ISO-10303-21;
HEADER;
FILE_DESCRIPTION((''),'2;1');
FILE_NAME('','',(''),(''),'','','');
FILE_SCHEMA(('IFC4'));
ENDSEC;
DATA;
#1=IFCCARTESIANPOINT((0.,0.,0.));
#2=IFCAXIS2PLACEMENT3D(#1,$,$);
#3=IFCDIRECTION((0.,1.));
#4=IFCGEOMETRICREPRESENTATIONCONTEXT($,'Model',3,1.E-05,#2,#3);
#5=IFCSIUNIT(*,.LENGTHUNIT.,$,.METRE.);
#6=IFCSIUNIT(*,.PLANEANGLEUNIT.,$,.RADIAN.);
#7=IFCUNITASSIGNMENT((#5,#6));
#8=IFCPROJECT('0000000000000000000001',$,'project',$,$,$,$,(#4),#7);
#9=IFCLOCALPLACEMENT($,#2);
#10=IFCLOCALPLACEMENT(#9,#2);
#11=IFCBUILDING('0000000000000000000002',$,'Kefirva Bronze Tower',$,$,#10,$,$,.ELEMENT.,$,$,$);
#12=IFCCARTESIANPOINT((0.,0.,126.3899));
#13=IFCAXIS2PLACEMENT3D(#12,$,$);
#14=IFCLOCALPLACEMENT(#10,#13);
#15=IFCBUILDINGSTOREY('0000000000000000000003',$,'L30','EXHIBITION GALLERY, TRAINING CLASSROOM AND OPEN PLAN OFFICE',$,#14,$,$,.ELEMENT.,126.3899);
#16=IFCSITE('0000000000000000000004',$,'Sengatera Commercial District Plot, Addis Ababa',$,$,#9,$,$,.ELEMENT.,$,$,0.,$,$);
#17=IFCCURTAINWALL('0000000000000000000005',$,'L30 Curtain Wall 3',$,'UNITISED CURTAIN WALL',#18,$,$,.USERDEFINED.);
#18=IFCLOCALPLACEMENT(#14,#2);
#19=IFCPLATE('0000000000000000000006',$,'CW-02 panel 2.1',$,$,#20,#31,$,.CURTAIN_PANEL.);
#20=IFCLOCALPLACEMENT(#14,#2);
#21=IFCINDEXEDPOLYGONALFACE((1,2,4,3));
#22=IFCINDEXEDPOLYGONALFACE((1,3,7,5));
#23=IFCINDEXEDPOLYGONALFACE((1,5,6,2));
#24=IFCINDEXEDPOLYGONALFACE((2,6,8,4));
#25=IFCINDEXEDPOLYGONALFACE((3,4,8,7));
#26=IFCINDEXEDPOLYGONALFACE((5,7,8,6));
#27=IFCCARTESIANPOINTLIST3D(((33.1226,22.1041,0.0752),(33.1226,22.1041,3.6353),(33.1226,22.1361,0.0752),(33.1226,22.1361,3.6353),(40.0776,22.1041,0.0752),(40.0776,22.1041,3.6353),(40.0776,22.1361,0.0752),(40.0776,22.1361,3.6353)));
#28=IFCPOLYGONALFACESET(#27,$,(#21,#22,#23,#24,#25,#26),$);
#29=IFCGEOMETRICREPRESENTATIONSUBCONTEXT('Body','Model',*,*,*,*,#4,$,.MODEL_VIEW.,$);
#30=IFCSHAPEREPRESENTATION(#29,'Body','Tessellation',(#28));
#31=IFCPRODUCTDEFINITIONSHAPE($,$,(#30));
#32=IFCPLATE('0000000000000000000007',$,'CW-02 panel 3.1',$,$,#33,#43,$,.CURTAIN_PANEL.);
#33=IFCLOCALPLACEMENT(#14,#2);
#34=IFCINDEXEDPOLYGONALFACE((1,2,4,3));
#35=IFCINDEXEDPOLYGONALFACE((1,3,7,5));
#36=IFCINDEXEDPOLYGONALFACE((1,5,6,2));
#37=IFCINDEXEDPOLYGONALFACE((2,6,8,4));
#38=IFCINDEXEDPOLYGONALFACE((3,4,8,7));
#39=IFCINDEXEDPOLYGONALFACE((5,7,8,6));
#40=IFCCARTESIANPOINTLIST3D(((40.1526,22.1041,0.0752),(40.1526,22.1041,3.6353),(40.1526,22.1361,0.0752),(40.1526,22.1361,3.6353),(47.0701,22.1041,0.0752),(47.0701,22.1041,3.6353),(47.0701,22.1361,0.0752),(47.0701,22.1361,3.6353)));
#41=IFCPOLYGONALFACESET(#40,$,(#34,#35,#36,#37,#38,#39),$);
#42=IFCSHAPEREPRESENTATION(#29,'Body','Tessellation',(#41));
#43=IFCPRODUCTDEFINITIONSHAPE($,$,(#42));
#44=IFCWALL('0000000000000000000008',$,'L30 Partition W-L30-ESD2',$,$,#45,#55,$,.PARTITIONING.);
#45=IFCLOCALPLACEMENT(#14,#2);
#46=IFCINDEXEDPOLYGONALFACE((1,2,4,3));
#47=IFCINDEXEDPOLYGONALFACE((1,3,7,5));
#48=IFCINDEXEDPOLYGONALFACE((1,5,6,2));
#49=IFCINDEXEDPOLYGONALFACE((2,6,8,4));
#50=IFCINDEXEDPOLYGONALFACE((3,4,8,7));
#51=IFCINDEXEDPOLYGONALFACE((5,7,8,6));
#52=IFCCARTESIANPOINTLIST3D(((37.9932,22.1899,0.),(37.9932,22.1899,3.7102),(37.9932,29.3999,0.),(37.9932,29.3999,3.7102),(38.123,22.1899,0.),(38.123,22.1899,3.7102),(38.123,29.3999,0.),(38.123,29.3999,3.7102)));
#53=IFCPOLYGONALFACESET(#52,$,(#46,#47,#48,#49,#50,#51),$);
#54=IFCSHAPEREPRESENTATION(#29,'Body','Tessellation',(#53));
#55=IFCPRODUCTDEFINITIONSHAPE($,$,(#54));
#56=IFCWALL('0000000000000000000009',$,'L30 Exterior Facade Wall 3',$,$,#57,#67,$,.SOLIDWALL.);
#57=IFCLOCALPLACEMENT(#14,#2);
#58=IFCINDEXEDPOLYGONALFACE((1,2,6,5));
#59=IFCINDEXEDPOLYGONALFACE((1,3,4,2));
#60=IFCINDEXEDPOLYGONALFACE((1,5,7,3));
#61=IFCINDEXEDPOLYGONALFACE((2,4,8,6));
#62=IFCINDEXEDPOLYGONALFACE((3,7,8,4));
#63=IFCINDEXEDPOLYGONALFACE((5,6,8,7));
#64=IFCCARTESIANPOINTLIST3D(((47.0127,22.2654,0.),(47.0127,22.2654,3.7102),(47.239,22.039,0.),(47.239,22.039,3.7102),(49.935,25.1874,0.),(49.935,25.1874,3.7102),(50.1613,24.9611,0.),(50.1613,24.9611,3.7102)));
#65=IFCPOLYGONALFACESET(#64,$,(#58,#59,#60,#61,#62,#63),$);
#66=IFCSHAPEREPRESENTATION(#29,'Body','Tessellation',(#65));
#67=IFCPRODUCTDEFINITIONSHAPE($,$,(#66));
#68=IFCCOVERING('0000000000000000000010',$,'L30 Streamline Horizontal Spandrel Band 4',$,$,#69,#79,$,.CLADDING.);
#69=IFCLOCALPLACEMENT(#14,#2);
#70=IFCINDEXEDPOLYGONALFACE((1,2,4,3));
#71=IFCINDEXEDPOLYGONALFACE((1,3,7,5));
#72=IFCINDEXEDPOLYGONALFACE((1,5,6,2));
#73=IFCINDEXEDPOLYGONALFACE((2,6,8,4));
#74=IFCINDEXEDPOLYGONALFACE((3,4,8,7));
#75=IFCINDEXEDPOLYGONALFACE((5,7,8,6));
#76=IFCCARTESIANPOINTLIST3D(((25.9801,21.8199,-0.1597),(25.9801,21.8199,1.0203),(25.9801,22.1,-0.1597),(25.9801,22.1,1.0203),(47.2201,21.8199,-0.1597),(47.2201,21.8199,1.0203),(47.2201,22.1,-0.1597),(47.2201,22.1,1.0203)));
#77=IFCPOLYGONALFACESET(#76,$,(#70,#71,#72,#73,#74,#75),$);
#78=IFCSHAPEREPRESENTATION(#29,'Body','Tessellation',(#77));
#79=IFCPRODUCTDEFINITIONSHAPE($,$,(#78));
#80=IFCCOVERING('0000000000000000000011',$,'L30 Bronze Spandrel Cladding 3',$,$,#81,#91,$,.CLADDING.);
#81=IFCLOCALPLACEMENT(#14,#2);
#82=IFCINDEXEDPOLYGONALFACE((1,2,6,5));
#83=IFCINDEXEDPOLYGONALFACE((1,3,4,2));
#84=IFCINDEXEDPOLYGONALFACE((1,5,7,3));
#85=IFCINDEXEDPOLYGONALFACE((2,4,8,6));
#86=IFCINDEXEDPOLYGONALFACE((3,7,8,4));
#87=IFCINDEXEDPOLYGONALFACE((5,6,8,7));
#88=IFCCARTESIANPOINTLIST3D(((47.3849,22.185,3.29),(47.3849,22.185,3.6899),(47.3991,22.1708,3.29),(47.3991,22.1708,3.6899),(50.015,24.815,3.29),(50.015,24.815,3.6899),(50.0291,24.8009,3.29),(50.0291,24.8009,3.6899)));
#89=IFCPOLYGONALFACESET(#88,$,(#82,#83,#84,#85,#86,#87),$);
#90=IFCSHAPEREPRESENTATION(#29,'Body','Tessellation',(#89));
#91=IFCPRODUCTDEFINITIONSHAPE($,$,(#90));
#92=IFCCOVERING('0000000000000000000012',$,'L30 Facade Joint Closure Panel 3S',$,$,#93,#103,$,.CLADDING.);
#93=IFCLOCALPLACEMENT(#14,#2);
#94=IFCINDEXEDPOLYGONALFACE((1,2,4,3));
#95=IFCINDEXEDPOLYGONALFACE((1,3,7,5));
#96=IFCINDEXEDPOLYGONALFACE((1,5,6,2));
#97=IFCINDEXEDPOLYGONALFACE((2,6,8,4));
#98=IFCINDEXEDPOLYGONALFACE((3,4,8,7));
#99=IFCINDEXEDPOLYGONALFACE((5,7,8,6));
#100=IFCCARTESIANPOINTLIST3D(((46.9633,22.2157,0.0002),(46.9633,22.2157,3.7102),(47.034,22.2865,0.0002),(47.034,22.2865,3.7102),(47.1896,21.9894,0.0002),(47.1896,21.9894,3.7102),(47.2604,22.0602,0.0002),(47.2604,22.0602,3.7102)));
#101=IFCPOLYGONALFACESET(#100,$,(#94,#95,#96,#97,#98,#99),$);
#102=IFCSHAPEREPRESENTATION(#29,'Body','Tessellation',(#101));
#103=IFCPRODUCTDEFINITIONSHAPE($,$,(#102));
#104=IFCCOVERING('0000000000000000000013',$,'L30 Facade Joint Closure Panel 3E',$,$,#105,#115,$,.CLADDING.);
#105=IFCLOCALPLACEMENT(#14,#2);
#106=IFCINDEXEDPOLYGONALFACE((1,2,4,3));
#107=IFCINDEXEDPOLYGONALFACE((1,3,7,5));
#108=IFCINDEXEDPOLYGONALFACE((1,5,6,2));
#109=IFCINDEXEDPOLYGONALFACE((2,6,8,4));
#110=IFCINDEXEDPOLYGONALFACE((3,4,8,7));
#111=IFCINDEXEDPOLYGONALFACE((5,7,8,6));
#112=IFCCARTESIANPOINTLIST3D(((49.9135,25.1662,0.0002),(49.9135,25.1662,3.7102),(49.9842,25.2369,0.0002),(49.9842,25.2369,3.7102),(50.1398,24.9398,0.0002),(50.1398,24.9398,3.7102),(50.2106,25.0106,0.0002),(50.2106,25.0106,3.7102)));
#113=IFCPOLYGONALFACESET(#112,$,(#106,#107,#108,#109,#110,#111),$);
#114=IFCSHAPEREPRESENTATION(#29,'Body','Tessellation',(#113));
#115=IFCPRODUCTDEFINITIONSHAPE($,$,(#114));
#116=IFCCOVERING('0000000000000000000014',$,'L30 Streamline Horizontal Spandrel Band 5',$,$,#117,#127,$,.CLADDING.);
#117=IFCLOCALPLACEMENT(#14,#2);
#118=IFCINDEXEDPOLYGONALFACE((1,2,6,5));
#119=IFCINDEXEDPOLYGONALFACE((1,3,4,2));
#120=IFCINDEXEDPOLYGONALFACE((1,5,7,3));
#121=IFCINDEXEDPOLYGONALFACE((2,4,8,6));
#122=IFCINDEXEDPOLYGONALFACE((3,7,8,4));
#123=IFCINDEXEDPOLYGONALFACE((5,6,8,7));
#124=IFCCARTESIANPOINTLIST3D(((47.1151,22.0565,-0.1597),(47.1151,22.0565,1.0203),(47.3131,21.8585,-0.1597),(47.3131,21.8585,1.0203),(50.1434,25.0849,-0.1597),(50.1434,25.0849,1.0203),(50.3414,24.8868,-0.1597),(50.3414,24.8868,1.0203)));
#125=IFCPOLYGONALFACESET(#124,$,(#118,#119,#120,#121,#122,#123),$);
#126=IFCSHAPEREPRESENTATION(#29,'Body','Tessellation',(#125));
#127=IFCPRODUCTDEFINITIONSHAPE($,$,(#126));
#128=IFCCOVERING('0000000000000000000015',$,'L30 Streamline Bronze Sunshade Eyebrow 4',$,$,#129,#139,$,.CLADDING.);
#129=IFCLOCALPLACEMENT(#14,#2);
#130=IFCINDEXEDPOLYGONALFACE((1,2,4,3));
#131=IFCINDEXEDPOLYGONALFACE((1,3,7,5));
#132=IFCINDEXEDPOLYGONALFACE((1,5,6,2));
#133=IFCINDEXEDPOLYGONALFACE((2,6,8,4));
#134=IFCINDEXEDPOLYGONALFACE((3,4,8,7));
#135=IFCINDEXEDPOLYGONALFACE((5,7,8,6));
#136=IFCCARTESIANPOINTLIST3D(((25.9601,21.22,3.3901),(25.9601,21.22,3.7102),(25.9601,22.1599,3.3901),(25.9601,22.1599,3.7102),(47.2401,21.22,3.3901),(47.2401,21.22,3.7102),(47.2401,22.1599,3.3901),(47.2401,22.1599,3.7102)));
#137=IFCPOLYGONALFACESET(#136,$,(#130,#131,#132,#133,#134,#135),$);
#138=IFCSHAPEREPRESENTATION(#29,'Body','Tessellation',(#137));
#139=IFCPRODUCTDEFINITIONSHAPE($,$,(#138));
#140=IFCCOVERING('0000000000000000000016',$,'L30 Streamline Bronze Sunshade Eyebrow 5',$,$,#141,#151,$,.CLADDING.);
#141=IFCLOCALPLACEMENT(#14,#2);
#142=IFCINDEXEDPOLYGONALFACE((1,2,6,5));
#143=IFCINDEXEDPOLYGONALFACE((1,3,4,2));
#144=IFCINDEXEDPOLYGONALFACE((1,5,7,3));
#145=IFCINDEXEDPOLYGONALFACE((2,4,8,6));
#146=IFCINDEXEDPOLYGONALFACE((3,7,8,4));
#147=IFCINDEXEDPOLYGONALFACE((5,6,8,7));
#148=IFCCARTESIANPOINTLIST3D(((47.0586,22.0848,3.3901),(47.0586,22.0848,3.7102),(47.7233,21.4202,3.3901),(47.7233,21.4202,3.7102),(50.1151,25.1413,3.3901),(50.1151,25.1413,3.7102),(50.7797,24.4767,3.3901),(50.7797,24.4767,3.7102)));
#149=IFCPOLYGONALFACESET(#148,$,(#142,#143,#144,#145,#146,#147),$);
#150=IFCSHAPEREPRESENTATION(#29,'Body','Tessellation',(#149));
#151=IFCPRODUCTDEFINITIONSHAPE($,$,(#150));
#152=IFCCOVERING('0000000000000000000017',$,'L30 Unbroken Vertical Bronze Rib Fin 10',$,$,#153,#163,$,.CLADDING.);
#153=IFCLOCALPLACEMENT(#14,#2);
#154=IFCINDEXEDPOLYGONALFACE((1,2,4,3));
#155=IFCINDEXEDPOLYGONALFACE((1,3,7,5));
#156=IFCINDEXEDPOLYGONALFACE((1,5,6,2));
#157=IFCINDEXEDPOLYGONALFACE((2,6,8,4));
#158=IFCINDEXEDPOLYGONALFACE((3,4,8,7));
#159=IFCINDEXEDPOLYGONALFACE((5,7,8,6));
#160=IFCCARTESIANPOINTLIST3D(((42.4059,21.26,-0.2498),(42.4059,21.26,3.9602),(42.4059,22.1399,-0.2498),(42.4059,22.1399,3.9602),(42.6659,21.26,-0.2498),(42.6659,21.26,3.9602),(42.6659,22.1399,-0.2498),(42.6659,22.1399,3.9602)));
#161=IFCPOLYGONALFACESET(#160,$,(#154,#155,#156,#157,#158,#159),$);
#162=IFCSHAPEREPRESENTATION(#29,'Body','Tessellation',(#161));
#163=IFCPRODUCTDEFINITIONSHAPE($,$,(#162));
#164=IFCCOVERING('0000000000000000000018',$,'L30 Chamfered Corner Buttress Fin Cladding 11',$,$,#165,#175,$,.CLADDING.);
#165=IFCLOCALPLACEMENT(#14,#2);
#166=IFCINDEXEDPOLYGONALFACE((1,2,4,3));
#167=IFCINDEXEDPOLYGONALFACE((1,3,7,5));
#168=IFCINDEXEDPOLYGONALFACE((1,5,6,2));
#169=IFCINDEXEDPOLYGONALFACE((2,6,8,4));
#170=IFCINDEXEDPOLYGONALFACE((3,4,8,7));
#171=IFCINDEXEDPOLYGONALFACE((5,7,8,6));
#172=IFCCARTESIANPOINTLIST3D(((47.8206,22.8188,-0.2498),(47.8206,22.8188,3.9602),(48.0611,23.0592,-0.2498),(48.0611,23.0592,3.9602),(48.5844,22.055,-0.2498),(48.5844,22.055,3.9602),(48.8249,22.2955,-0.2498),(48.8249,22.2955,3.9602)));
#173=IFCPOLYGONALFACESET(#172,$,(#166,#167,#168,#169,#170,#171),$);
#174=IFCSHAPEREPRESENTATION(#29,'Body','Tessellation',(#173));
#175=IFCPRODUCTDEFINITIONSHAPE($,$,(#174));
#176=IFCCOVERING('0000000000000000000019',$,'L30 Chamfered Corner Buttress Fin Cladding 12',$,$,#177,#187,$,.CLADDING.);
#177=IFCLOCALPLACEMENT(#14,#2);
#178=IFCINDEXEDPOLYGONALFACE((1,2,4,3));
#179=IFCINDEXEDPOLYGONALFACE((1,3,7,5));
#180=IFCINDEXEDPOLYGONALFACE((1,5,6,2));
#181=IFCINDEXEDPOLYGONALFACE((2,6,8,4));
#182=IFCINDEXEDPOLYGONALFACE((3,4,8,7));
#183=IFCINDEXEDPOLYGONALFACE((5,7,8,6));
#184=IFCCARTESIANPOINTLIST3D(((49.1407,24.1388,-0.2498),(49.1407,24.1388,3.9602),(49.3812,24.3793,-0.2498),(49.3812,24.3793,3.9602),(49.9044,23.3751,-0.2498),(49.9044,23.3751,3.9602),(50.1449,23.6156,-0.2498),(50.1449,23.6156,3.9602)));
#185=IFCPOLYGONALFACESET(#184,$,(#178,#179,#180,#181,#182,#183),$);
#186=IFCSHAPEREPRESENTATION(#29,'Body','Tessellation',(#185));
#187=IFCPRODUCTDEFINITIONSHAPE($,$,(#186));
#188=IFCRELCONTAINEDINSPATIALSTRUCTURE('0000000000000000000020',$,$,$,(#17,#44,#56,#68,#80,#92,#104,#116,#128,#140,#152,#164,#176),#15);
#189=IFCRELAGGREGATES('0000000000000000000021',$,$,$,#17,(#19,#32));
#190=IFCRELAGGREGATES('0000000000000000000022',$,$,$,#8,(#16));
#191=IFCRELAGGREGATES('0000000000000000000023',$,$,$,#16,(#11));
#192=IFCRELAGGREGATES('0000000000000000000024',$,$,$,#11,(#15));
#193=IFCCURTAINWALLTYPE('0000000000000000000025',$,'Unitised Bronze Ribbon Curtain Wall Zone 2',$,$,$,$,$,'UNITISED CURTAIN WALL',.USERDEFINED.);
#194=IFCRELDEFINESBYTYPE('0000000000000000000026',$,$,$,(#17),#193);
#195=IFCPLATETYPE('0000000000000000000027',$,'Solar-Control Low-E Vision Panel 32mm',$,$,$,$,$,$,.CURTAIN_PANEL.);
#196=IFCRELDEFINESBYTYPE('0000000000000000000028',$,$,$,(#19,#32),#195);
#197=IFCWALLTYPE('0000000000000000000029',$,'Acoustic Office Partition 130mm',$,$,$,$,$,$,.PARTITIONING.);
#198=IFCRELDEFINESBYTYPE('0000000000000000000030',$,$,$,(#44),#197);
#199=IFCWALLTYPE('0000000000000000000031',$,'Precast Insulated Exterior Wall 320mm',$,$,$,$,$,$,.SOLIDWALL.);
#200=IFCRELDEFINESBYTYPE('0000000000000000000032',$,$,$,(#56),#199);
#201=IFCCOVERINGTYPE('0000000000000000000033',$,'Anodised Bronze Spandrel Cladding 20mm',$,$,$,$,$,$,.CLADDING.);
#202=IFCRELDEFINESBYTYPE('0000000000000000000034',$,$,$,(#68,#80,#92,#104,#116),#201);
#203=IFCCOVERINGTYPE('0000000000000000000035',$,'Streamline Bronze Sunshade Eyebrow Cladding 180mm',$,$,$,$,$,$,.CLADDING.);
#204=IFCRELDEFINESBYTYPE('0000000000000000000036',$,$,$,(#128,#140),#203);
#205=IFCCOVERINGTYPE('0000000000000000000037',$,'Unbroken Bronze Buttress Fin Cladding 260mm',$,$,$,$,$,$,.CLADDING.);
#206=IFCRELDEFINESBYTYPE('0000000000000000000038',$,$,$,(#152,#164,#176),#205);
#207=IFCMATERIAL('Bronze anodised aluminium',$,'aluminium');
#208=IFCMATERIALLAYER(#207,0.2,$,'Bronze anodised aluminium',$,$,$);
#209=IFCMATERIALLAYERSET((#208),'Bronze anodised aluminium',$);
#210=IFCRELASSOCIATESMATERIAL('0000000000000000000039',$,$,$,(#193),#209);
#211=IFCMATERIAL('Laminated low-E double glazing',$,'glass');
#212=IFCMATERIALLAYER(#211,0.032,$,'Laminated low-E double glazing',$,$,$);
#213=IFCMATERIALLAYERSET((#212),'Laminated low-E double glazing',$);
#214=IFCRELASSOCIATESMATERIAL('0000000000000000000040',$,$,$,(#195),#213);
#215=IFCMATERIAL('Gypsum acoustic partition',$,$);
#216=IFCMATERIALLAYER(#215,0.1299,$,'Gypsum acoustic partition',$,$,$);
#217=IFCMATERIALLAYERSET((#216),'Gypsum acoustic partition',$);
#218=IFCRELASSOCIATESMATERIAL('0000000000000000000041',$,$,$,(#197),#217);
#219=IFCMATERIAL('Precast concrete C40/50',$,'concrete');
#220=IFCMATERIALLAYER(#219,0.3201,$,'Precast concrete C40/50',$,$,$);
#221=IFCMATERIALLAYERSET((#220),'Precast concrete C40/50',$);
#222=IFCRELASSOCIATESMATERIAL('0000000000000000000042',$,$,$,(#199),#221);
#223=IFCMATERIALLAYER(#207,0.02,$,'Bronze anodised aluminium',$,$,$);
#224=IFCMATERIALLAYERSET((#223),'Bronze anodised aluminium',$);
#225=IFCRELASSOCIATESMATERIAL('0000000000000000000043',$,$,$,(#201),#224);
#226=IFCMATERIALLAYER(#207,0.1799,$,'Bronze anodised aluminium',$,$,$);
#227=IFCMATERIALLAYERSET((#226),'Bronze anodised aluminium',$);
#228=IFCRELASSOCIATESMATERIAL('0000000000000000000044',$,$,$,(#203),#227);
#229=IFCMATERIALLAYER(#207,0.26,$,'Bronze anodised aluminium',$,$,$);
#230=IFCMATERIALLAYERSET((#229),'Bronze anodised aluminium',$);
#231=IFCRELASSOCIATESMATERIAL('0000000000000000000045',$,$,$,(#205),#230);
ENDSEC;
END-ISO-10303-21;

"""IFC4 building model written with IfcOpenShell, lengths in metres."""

from ifc_helpers import new_model, si_unit, direction, frame, frame_2d, origin, origin_2d, place, context, subcontext, project, spatial, rectangle, extrude, material, layer, layer_set, type_object, element, aggregate, save


model = new_model("IFC4")

# Units and contexts
model_context = context("Model", 3, precision=1e-05, world=origin(), true_north=direction((0.0, 1.0)))
body_context = subcontext(model_context, "Body", "Model", "MODEL_VIEW")
ifc_project = project(units=[si_unit("LENGTHUNIT", "METRE"), si_unit("PLANEANGLEUNIT", "RADIAN")], contexts=[model_context])

# Site, building, storey
site_placement = place(None, origin())
site = spatial("IfcSite", under=ifc_project, at=site_placement, Name="Sengatera Commercial District Plot, Addis Ababa", CompositionType="ELEMENT", RefElevation=0.0)
building_placement = place(site_placement, origin())
building = spatial("IfcBuilding", under=site, at=building_placement, Name="Kefirva Bronze Tower", CompositionType="ELEMENT")
storey_placement = place(building_placement, frame((0.0, 0.0, 126.3899)))
storey = spatial("IfcBuildingStorey", under=building, at=storey_placement, Name="L30", Description="EXHIBITION GALLERY, TRAINING CLASSROOM AND OPEN PLAN OFFICE", CompositionType="ELEMENT", Elevation=126.3899)

# Curtain wall
ifc_material_1 = material(Name="Bronze anodised aluminium", Category="aluminium")
ifc_layer_1 = layer(ifc_material_1, 0.2, Name="Bronze anodised aluminium")
ifc_layer_set_1 = layer_set([ifc_layer_1], Name="Bronze anodised aluminium")
curtain_wall_type = type_object("IfcCurtainWallType", Name="Unitised Bronze Ribbon Curtain Wall Zone 2", ElementType="UNITISED CURTAIN WALL", PredefinedType="USERDEFINED", material=ifc_layer_set_1)
curtain_wall_1_placement = place(storey_placement, origin())
curtain_wall_1 = element("IfcCurtainWall", 1, at=curtain_wall_1_placement, inside=storey, type_object=curtain_wall_type, Name="L30 Curtain Wall 3", ObjectType="UNITISED CURTAIN WALL", PredefinedType="USERDEFINED")

# Plates
ifc_material_2 = material(Name="Laminated low-E double glazing", Category="glass")
ifc_layer_2 = layer(ifc_material_2, 0.032, Name="Laminated low-E double glazing")
ifc_layer_set_2 = layer_set([ifc_layer_2], Name="Laminated low-E double glazing")
plate_type = type_object("IfcPlateType", Name="Solar-Control Low-E Vision Panel 32mm", PredefinedType="CURTAIN_PANEL", material=ifc_layer_set_2)
plate_1_placement = place(storey_placement, frame((36.6001, 22.1201, 0.0752), z_axis=(0.0, 0.0, 1.0), x_axis=(1.0, 0.0, 0.0)))
plate_1 = element("IfcPlate", 2, at=plate_1_placement, type_object=plate_type, Name="CW-02 panel 2.1", PredefinedType="CURTAIN_PANEL", context=body_context, shape_type="SweptSolid", body=[
    extrude(rectangle(XDim=6.9551, YDim=0.032, at=origin_2d()), origin(), (0.0, 0.0, 1.0), 3.5601),
])
plate_2_placement = place(storey_placement, frame((43.6113, 22.1201, 0.0752), z_axis=(0.0, 0.0, 1.0), x_axis=(1.0, 0.0, 0.0)))
plate_2 = element("IfcPlate", 3, at=plate_2_placement, type_object=plate_type, Name="CW-02 panel 3.1", PredefinedType="CURTAIN_PANEL", context=body_context, shape_type="SweptSolid", body=[
    extrude(rectangle(XDim=6.9175, YDim=0.032, at=origin_2d()), origin(), (0.0, 0.0, 1.0), 3.5601),
])
aggregate(curtain_wall_1, [plate_1, plate_2])

# Walls
ifc_material_3 = material(Name="Gypsum acoustic partition")
ifc_layer_3 = layer(ifc_material_3, 0.1299, Name="Gypsum acoustic partition")
ifc_layer_set_3 = layer_set([ifc_layer_3], Name="Gypsum acoustic partition")
wall_type_1 = type_object("IfcWallType", Name="Acoustic Office Partition 130mm", PredefinedType="PARTITIONING", material=ifc_layer_set_3)
wall_1_placement = place(storey_placement, frame((38.0581, 22.1899, 0.0), z_axis=(0.0, 0.0, 1.0), x_axis=(0.0, 1.0, 0.0)))
element("IfcWall", 4, at=wall_1_placement, inside=storey, type_object=wall_type_1, Name="L30 Partition W-L30-ESD2", PredefinedType="PARTITIONING", context=body_context, shape_type="SweptSolid", body=[
    extrude(rectangle(XDim=7.21, YDim=0.1299, at=frame_2d((3.605, 0.0))), origin(), (0.0, 0.0, 1.0), 3.7102),
])
ifc_material_4 = material(Name="Precast concrete C40/50", Category="concrete")
ifc_layer_4 = layer(ifc_material_4, 0.3201, Name="Precast concrete C40/50")
ifc_layer_set_4 = layer_set([ifc_layer_4], Name="Precast concrete C40/50")
wall_type_2 = type_object("IfcWallType", Name="Precast Insulated Exterior Wall 320mm", PredefinedType="SOLIDWALL", material=ifc_layer_set_4)
wall_2_placement = place(storey_placement, frame((47.1257, 22.1521, 0.0), z_axis=(0.0, 0.0, 1.0), x_axis=(0.707136, 0.707077, 0.0)))
element("IfcWall", 5, at=wall_2_placement, inside=storey, type_object=wall_type_2, Name="L30 Exterior Facade Wall 3", PredefinedType="SOLIDWALL", context=body_context, shape_type="SweptSolid", body=[
    extrude(rectangle(XDim=4.1326, YDim=0.3201, at=frame_2d((2.0664, 0.0))), origin(), (0.0, 0.0, 1.0), 3.7102),
])

# Coverings
ifc_layer_5 = layer(ifc_material_1, 0.02, Name="Bronze anodised aluminium")
ifc_layer_set_5 = layer_set([ifc_layer_5], Name="Bronze anodised aluminium")
covering_type_1 = type_object("IfcCoveringType", Name="Anodised Bronze Spandrel Cladding 20mm", PredefinedType="CLADDING", material=ifc_layer_set_5)
covering_1_placement = place(storey_placement, frame((36.6001, 21.96, -0.1597), z_axis=(0.0, 0.0, 1.0), x_axis=(1.0, 0.0, 0.0)))
element("IfcCovering", 6, at=covering_1_placement, inside=storey, type_object=covering_type_1, Name="L30 Streamline Horizontal Spandrel Band 4", PredefinedType="CLADDING", context=body_context, shape_type="SweptSolid", body=[
    extrude(rectangle(XDim=21.24, YDim=0.28, at=origin_2d()), origin(), (0.0, 0.0, 1.0), 1.1799),
])
covering_2_placement = place(storey_placement, frame((48.707, 23.4929, 3.29), z_axis=(0.0, 0.0, 1.0), x_axis=(0.707107, 0.707107, 0.0)))
element("IfcCovering", 7, at=covering_2_placement, inside=storey, type_object=covering_type_1, Name="L30 Bronze Spandrel Cladding 3", PredefinedType="CLADDING", context=body_context, shape_type="SweptSolid", body=[
    extrude(rectangle(XDim=3.7195, YDim=0.02, at=origin_2d()), origin(), (0.0, 0.0, 1.0), 0.3999),
])
for number, where, z_axis, x_axis, name in (
    (8, (47.1118, 22.1379, 0.0002), (0.0, 0.0, 1.0), (0.707107, 0.707107, 0.0), "L30 Facade Joint Closure Panel 3S"),
    (9, (50.062, 25.0884, 0.0002), (0.0, 0.0, 1.0), (0.707107, 0.707107, 0.0), "L30 Facade Joint Closure Panel 3E"),
):
    element("IfcCovering", number, at=place(storey_placement, frame(where, z_axis=z_axis, x_axis=x_axis)), inside=storey, type_object=covering_type_1, Name=name, PredefinedType="CLADDING", context=body_context, shape_type="SweptSolid", body=[
        extrude(rectangle(XDim=0.1001, YDim=0.3201, at=origin_2d()), origin(), (0.0, 0.0, 1.0), 3.71),
    ])
covering_3_placement = place(storey_placement, frame((48.7283, 23.4717, -0.1597), z_axis=(0.0, 0.0, 1.0), x_axis=(0.707107, 0.707107, 0.0)))
element("IfcCovering", 10, at=covering_3_placement, inside=storey, type_object=covering_type_1, Name="L30 Streamline Horizontal Spandrel Band 5", PredefinedType="CLADDING", context=body_context, shape_type="SweptSolid", body=[
    extrude(rectangle(XDim=4.2827, YDim=0.28, at=origin_2d()), origin(), (0.0, 0.0, 1.0), 1.1799),
])
ifc_layer_6 = layer(ifc_material_1, 0.1799, Name="Bronze anodised aluminium")
ifc_layer_set_6 = layer_set([ifc_layer_6], Name="Bronze anodised aluminium")
covering_type_2 = type_object("IfcCoveringType", Name="Streamline Bronze Sunshade Eyebrow Cladding 180mm", PredefinedType="CLADDING", material=ifc_layer_set_6)
covering_4_placement = place(storey_placement, frame((36.6001, 21.6899, 3.3901), z_axis=(0.0, 0.0, 1.0), x_axis=(1.0, 0.0, 0.0)))
element("IfcCovering", 11, at=covering_4_placement, inside=storey, type_object=covering_type_2, Name="L30 Streamline Bronze Sunshade Eyebrow 4", PredefinedType="CLADDING", context=body_context, shape_type="SweptSolid", body=[
    extrude(rectangle(XDim=21.28, YDim=0.9399, at=origin_2d()), origin(), (0.0, 0.0, 1.0), 0.3201),
])
covering_5_placement = place(storey_placement, frame((48.9192, 23.2808, 3.3901), z_axis=(0.0, 0.0, 1.0), x_axis=(0.707107, 0.707107, 0.0)))
element("IfcCovering", 12, at=covering_5_placement, inside=storey, type_object=covering_type_2, Name="L30 Streamline Bronze Sunshade Eyebrow 5", PredefinedType="CLADDING", context=body_context, shape_type="SweptSolid", body=[
    extrude(rectangle(XDim=4.3225, YDim=0.9399, at=origin_2d()), origin(), (0.0, 0.0, 1.0), 0.3201),
])
ifc_layer_7 = layer(ifc_material_1, 0.26, Name="Bronze anodised aluminium")
ifc_layer_set_7 = layer_set([ifc_layer_7], Name="Bronze anodised aluminium")
covering_type_3 = type_object("IfcCoveringType", Name="Unbroken Bronze Buttress Fin Cladding 260mm", PredefinedType="CLADDING", material=ifc_layer_set_7)
covering_6_placement = place(storey_placement, frame((42.5359, 21.7, -0.2498), z_axis=(0.0, 0.0, 1.0), x_axis=(1.0, 0.0, 0.0)))
element("IfcCovering", 13, at=covering_6_placement, inside=storey, type_object=covering_type_3, Name="L30 Unbroken Vertical Bronze Rib Fin 10", PredefinedType="CLADDING", context=body_context, shape_type="SweptSolid", body=[
    extrude(rectangle(XDim=0.26, YDim=0.8799, at=origin_2d()), origin(), (0.0, 0.0, 1.0), 4.21),
])
for number, where, z_axis, x_axis, name in (
    (14, (48.3228, 22.5571, -0.2498), (0.0, 0.0, 1.0), (0.707107, 0.707107, 0.0), "L30 Chamfered Corner Buttress Fin Cladding 11"),
    (15, (49.6428, 23.8772, -0.2498), (0.0, 0.0, 1.0), (0.707107, 0.707107, 0.0), "L30 Chamfered Corner Buttress Fin Cladding 12"),
):
    element("IfcCovering", number, at=place(storey_placement, frame(where, z_axis=z_axis, x_axis=x_axis)), inside=storey, type_object=covering_type_3, Name=name, PredefinedType="CLADDING", context=body_context, shape_type="SweptSolid", body=[
        extrude(rectangle(XDim=0.3401, YDim=1.0801, at=origin_2d()), origin(), (0.0, 0.0, 1.0), 4.21),
    ])

save(model, "model.ifc")
